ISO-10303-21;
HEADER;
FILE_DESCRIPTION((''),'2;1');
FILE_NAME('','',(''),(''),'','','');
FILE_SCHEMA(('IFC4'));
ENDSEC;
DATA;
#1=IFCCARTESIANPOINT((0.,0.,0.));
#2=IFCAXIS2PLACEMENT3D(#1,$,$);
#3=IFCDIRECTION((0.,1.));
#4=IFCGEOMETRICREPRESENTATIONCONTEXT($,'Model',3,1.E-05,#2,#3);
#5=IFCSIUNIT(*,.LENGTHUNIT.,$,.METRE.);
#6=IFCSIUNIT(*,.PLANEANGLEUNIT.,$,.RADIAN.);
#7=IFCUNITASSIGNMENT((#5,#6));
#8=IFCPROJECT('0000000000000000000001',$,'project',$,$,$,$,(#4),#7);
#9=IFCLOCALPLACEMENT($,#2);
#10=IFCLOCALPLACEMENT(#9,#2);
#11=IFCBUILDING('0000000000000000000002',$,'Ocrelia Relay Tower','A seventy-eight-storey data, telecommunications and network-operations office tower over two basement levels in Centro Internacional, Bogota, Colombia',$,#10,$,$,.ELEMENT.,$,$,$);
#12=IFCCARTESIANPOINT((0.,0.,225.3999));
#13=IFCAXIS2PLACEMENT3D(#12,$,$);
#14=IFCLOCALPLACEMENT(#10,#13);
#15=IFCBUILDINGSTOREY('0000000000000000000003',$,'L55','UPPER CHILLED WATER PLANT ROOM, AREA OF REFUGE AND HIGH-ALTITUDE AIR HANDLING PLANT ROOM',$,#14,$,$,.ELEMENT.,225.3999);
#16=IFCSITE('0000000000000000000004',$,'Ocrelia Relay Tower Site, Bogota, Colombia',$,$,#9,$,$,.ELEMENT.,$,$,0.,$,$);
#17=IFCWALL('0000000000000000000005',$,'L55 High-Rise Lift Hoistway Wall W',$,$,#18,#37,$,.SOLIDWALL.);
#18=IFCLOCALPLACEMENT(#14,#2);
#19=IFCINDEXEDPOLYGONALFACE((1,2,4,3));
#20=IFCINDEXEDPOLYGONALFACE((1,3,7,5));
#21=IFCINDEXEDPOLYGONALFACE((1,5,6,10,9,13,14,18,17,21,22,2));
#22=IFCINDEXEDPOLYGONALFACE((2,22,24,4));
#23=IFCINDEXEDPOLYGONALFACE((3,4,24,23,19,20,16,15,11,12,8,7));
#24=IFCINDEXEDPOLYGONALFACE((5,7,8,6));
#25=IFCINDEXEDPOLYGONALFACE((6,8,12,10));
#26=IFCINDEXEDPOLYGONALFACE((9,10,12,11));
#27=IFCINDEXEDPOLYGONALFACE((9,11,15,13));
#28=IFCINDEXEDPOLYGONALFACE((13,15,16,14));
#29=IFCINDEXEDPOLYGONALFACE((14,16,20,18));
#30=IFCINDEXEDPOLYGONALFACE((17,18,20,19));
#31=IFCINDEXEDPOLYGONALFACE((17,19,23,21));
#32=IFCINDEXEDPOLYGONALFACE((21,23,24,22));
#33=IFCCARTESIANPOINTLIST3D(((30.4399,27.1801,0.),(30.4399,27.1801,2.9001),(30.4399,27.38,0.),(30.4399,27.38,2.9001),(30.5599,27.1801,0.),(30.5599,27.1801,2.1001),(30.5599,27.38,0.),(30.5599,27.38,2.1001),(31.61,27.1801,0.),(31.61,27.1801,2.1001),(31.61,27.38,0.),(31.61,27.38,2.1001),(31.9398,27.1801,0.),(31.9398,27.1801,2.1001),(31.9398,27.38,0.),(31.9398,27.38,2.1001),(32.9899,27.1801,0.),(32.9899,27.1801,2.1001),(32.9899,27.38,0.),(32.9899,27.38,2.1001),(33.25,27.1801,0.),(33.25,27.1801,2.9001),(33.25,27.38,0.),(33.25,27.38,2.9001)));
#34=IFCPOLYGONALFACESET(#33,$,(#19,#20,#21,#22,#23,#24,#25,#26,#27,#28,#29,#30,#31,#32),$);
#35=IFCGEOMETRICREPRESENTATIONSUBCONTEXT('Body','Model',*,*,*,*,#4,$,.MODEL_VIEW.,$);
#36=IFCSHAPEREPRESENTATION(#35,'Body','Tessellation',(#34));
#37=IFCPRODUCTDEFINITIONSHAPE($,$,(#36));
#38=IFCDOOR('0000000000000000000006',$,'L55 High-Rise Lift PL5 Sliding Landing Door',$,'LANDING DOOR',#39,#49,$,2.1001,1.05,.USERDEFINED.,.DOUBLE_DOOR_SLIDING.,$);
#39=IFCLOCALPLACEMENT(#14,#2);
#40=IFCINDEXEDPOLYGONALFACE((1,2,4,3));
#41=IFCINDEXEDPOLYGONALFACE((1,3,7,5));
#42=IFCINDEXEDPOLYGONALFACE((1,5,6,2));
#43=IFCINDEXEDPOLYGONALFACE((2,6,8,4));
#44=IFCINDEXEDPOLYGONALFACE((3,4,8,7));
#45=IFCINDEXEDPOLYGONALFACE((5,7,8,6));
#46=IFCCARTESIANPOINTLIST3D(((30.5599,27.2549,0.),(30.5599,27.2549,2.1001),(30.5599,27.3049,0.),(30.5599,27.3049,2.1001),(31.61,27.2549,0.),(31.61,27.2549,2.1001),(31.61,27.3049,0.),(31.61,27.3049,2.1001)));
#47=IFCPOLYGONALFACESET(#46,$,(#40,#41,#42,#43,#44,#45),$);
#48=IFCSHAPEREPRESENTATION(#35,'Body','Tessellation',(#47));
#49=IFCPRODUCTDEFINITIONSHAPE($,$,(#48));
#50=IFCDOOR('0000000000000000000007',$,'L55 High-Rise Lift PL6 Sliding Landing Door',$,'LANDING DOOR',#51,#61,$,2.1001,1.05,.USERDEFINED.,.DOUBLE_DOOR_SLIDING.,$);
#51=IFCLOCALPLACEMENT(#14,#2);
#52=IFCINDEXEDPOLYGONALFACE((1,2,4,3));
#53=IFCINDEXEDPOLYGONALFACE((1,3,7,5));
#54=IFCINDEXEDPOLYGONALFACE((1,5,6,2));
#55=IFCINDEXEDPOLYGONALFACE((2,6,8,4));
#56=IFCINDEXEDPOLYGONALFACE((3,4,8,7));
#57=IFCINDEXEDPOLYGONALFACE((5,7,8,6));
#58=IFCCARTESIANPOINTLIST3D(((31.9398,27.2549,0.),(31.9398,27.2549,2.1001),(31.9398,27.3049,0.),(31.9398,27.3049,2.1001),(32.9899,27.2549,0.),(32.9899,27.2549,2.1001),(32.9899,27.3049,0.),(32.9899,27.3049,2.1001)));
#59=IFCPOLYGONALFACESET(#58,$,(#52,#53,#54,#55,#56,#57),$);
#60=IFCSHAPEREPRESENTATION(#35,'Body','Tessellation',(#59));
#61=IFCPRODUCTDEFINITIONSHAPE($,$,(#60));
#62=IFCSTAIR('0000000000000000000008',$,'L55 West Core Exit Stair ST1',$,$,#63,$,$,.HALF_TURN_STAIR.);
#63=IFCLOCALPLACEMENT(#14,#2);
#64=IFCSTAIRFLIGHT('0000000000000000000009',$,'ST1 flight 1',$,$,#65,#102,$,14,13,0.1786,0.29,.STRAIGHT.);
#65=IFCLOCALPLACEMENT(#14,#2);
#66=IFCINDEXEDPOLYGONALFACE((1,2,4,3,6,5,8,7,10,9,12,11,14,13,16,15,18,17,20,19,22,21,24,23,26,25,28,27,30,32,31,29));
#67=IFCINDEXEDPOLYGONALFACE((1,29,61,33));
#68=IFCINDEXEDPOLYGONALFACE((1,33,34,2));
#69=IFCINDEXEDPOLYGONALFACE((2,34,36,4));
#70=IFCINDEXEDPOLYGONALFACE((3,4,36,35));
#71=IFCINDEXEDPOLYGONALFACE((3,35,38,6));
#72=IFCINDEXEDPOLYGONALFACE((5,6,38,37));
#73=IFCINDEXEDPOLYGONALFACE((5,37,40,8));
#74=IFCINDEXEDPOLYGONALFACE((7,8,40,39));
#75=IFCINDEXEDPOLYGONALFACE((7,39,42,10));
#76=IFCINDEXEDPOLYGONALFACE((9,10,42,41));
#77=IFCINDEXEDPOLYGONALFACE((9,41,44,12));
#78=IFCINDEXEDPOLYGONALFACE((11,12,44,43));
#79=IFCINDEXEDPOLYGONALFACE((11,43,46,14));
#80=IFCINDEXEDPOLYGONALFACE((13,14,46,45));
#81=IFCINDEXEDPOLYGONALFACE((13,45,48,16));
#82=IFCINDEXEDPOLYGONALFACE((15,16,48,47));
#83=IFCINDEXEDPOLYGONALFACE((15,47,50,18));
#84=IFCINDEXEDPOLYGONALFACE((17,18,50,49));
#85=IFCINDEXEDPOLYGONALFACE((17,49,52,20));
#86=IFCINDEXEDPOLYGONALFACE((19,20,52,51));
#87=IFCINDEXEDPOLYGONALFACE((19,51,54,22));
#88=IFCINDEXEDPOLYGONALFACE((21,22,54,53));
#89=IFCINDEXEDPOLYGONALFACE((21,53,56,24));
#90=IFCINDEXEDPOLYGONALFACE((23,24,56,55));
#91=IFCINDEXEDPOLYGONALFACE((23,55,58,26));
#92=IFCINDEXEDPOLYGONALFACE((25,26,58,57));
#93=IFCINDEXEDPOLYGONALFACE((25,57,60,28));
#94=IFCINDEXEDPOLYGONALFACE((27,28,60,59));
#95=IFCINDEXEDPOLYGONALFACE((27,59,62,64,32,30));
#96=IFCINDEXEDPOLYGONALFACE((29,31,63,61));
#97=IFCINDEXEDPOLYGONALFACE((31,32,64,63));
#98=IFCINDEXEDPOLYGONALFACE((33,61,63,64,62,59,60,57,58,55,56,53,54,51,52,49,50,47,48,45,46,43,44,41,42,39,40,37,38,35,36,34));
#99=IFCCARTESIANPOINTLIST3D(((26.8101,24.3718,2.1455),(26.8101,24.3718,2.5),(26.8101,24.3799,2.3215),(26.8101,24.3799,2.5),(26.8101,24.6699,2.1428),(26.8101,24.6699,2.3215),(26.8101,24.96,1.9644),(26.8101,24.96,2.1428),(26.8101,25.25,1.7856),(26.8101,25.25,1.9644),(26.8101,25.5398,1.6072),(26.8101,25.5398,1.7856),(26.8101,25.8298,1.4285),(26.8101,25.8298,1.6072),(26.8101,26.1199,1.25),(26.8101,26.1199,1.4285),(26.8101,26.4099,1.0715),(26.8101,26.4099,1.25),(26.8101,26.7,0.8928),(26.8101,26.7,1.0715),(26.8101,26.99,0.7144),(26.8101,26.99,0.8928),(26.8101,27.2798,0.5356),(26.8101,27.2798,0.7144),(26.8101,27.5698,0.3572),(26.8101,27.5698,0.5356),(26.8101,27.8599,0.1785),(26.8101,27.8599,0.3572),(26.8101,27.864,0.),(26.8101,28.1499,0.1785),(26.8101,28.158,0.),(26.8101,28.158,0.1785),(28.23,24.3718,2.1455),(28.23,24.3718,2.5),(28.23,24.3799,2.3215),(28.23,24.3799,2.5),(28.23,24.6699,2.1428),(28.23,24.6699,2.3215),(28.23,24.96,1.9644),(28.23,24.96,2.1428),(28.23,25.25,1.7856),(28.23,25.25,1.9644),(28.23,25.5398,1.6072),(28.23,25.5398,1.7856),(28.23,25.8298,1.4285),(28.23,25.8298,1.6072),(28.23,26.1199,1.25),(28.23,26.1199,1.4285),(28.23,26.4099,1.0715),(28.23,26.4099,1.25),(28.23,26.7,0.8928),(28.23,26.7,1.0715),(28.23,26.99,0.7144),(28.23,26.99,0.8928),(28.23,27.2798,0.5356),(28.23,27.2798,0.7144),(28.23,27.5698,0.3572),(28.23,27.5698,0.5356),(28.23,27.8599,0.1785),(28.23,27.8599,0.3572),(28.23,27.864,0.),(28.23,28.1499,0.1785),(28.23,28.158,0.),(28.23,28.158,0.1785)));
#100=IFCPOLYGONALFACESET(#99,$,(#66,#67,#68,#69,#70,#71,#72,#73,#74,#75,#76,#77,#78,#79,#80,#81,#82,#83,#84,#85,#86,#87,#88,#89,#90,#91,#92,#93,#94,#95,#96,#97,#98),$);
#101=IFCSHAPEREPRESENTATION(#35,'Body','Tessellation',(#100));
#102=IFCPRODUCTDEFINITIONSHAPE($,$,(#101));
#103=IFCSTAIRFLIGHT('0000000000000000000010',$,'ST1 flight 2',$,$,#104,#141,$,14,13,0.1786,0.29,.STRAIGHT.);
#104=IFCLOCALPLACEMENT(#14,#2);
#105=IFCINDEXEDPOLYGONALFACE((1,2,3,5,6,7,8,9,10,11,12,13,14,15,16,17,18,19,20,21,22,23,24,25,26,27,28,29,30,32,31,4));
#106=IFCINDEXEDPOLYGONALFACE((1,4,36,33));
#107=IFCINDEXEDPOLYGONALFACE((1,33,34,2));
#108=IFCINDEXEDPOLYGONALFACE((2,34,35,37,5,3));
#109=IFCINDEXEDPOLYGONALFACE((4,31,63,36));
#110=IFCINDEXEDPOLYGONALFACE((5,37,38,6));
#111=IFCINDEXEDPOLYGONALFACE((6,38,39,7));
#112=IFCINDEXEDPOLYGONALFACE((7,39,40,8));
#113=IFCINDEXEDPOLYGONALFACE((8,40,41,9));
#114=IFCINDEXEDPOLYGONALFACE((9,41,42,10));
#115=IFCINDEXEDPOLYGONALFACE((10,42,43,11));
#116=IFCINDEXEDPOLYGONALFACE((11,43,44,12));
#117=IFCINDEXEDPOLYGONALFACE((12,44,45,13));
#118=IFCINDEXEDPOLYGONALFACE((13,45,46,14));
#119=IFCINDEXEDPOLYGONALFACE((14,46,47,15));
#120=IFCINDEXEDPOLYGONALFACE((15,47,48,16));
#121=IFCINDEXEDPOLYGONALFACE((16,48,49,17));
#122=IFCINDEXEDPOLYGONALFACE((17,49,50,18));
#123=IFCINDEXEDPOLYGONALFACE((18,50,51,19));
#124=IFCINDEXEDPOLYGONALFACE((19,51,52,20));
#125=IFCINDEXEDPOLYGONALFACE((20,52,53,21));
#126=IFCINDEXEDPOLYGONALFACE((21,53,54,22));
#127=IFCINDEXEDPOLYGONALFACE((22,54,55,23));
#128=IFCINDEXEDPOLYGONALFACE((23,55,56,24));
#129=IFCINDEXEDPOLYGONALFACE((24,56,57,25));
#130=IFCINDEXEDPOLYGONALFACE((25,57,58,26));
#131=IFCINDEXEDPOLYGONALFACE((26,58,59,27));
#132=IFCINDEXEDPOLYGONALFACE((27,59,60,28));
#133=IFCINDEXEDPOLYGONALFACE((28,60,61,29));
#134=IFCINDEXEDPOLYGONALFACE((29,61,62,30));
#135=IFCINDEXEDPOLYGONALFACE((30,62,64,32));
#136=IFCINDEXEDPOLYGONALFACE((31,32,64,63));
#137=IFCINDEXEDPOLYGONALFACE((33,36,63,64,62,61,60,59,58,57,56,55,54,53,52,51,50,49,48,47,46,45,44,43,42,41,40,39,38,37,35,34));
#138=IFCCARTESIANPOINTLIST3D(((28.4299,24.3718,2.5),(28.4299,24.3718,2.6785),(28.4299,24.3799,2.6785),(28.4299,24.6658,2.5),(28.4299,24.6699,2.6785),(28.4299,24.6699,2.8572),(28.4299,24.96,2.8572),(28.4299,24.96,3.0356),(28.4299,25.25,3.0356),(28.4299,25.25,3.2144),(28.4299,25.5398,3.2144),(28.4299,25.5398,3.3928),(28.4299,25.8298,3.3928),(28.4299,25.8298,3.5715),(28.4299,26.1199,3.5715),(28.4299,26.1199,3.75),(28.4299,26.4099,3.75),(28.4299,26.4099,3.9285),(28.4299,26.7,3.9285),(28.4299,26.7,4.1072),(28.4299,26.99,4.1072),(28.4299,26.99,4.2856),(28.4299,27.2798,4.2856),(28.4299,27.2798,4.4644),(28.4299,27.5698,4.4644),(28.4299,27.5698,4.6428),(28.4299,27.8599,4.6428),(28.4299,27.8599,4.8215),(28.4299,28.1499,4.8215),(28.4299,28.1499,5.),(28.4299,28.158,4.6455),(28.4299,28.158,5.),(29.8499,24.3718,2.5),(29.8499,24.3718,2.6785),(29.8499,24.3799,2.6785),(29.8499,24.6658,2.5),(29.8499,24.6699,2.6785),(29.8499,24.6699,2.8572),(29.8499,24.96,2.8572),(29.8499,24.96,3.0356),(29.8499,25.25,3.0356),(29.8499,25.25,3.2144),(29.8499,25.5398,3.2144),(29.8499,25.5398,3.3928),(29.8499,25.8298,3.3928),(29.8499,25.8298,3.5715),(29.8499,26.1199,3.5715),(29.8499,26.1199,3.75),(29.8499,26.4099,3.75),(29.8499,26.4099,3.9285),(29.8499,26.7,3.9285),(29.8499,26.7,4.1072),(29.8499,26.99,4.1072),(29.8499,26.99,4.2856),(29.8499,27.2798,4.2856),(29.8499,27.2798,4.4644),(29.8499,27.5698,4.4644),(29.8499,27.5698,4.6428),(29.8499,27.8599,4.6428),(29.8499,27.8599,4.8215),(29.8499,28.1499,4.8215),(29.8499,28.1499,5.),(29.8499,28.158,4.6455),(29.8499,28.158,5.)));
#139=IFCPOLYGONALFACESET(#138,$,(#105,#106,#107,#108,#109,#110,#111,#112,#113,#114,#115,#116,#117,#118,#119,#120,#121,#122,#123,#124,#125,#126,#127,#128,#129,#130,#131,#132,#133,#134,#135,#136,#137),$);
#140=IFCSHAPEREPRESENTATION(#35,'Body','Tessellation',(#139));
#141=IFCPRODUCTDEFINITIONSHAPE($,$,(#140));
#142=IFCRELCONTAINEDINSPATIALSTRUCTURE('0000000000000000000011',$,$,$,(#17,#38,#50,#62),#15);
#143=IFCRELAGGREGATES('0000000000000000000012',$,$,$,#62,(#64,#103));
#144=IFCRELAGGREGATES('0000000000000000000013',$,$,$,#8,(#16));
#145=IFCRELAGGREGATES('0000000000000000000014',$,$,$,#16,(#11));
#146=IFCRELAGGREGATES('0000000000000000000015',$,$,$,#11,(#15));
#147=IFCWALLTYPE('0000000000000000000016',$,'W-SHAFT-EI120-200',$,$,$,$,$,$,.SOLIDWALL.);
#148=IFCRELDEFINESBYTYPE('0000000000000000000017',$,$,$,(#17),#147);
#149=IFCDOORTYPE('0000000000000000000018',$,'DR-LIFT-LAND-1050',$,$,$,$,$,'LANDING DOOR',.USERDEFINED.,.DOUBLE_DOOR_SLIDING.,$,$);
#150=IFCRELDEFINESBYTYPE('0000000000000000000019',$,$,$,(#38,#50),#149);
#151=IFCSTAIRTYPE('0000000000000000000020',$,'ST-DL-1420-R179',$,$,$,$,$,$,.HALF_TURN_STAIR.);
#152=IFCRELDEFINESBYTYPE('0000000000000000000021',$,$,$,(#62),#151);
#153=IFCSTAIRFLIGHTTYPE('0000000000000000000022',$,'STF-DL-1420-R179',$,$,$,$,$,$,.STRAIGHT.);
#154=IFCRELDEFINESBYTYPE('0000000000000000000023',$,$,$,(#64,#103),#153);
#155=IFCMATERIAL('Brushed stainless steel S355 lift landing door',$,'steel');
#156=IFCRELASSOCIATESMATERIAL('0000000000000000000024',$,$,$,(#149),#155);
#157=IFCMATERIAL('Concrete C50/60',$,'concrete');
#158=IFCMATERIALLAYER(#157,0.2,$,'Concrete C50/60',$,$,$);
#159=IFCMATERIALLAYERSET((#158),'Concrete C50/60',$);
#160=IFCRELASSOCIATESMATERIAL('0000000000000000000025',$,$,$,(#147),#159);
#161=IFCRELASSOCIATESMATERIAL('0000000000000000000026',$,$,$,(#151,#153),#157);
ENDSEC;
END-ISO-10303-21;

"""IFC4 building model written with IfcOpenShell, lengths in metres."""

from ifc_helpers import new_model, si_unit, direction, frame, frame_2d, origin, place, context, subcontext, project, spatial, polyline, rectangle, outline, extrude, material, layer, layer_set, type_object, element, fill, aggregate, save


model = new_model("IFC4")

# Units and contexts
model_context = context("Model", 3, precision=1e-05, world=origin(), true_north=direction((0.0, 1.0)))
body_context = subcontext(model_context, "Body", "Model", "MODEL_VIEW")
ifc_project = project(units=[si_unit("LENGTHUNIT", "METRE"), si_unit("PLANEANGLEUNIT", "RADIAN")], contexts=[model_context])

# Site, building, storey
site_placement = place(None, origin())
site = spatial("IfcSite", under=ifc_project, at=site_placement, Name="Ocrelia Relay Tower Site, Bogota, Colombia", CompositionType="ELEMENT", RefElevation=0.0)
building_placement = place(site_placement, origin())
building = spatial("IfcBuilding", under=site, at=building_placement, Name="Ocrelia Relay Tower", Description="A seventy-eight-storey data, telecommunications and network-operations office tower over two basement levels in Centro Internacional, Bogota, Colombia", CompositionType="ELEMENT")
storey_placement = place(building_placement, frame((0.0, 0.0, 225.3999)))
storey = spatial("IfcBuildingStorey", under=building, at=storey_placement, Name="L55", Description="UPPER CHILLED WATER PLANT ROOM, AREA OF REFUGE AND HIGH-ALTITUDE AIR HANDLING PLANT ROOM", CompositionType="ELEMENT", Elevation=225.3999)

# Shared definitions
ifc_material_1 = material(Name="Concrete C50/60", Category="concrete")

# Shared definitions
ifc_material_2 = material(Name="Brushed stainless steel S355 lift landing door", Category="steel")
door_type_1 = type_object("IfcDoorType", Name="DR-LIFT-LAND-1050", ElementType="LANDING DOOR", OperationType="DOUBLE_DOOR_SLIDING", PredefinedType="USERDEFINED", material=ifc_material_2)

# Shared definitions
ifc_layer_1 = layer(ifc_material_1, 0.2, Name="Concrete C50/60")
ifc_layer_set_1 = layer_set([ifc_layer_1], Name="Concrete C50/60")
wall_type_1 = type_object("IfcWallType", Name="W-SHAFT-EI120-200", PredefinedType="SOLIDWALL", material=ifc_layer_set_1)

# Wall, openings, doors
wall_1_placement = place(storey_placement, frame((30.4399, 27.28, 0.0), z_axis=(0.0, 0.0, 1.0), x_axis=(1.0, 0.0, 0.0)))
wall_1 = element("IfcWall", 1, at=wall_1_placement, inside=storey, type_object=wall_type_1, Name="L55 High-Rise Lift Hoistway Wall W", PredefinedType="SOLIDWALL", context=body_context, shape_type="SweptSolid", body=[
    extrude(rectangle(XDim=2.8101, YDim=0.2, at=frame_2d((1.405, 0.0))), origin(), (0.0, 0.0, 1.0), 2.9001),
])
opening_1_placement = place(wall_1_placement, frame((0.1201, 0.0, 0.0)))
opening_1 = element("IfcOpeningElement", 2, at=opening_1_placement, cuts=wall_1, PredefinedType="OPENING", context=body_context, shape_type="SweptSolid", body=[
    extrude(rectangle(XDim=1.05, YDim=2.1001, at=frame_2d((0.5249, 1.05))), frame((0.0, 0.1099, 0.0), z_axis=(0.0, -1.0, 0.0), x_axis=(1.0, 0.0, 0.0)), (0.0, 0.0, 1.0), 0.22),
])
opening_2_placement = place(wall_1_placement, frame((1.5, 0.0, 0.0)))
opening_2 = element("IfcOpeningElement", 3, at=opening_2_placement, cuts=wall_1, PredefinedType="OPENING", context=body_context, shape_type="SweptSolid", body=[
    extrude(rectangle(XDim=1.05, YDim=2.1001, at=frame_2d((0.5249, 1.05))), frame((0.0, 0.1099, 0.0), z_axis=(0.0, -1.0, 0.0), x_axis=(1.0, 0.0, 0.0)), (0.0, 0.0, 1.0), 0.22),
])
door_1_placement = place(opening_1_placement, origin())
door_1 = element("IfcDoor", 4, at=door_1_placement, inside=storey, type_object=door_type_1, Name="L55 High-Rise Lift PL5 Sliding Landing Door", ObjectType="LANDING DOOR", OperationType="DOUBLE_DOOR_SLIDING", OverallHeight=2.1001, OverallWidth=1.05, PredefinedType="USERDEFINED", context=body_context, shape_type="SweptSolid", body=[
    extrude(rectangle(XDim=1.05, YDim=2.1001, at=frame_2d((0.5249, 1.05))), frame((0.0, 0.0249, 0.0), z_axis=(0.0, -1.0, 0.0), x_axis=(1.0, 0.0, 0.0)), (0.0, 0.0, 1.0), 0.05),
])
fill(opening_1, door_1)
door_2_placement = place(opening_2_placement, origin())
door_2 = element("IfcDoor", 5, at=door_2_placement, inside=storey, type_object=door_type_1, Name="L55 High-Rise Lift PL6 Sliding Landing Door", ObjectType="LANDING DOOR", OperationType="DOUBLE_DOOR_SLIDING", OverallHeight=2.1001, OverallWidth=1.05, PredefinedType="USERDEFINED", context=body_context, shape_type="SweptSolid", body=[
    extrude(rectangle(XDim=1.05, YDim=2.1001, at=frame_2d((0.5249, 1.05))), frame((0.0, 0.0249, 0.0), z_axis=(0.0, -1.0, 0.0), x_axis=(1.0, 0.0, 0.0)), (0.0, 0.0, 1.0), 0.05),
])
fill(opening_2, door_2)

# Stair, stair flights
stair_type = type_object("IfcStairType", Name="ST-DL-1420-R179", PredefinedType="HALF_TURN_STAIR", material=ifc_material_1)
stair_placement = place(storey_placement, origin())
stair = element("IfcStair", 6, at=stair_placement, inside=storey, type_object=stair_type, Name="L55 West Core Exit Stair ST1", PredefinedType="HALF_TURN_STAIR")
stair_flight_type = type_object("IfcStairFlightType", Name="STF-DL-1420-R179", PredefinedType="STRAIGHT", material=ifc_material_1)
stair_flight_1_placement = place(storey_placement, frame((27.52, 28.1499, 0.0), z_axis=(0.0, 0.0, 1.0), x_axis=(0.0, -1.0, 0.0)))
stair_flight_1 = element("IfcStairFlight", 7, at=stair_flight_1_placement, type_object=stair_flight_type, Name="ST1 flight 1", NumberOfRisers=14, NumberOfTreads=13, PredefinedType="STRAIGHT", RiserHeight=0.1786, TreadLength=0.29, context=body_context, shape_type="SweptSolid", body=[
    extrude(outline(polyline([(-0.0081, 0.0), (-0.0081, 0.1785), (0.0, 0.1785), (0.29, 0.1785), (0.29, 0.3572), (0.5801, 0.3572), (0.5801, 0.5356), (0.8701, 0.5356), (0.8701, 0.7144), (1.1599, 0.7144), (1.1599, 0.8928), (1.45, 0.8928), (1.45, 1.0715), (1.74, 1.0715), (1.74, 1.25), (2.03, 1.25), (2.03, 1.4285), (2.3201, 1.4285), (2.3201, 1.6072), (2.6101, 1.6072), (2.6101, 1.7856), (2.8999, 1.7856), (2.8999, 1.9644), (3.1899, 1.9644), (3.1899, 2.1428), (3.48, 2.1428), (3.48, 2.3215), (3.77, 2.3215), (3.77, 2.5), (3.7781, 2.5), (3.7781, 2.1455), (0.2859, 0.0), (-0.0081, 0.0)])), frame((0.0, 0.71, 0.0), z_axis=(0.0, -1.0, 0.0), x_axis=(1.0, 0.0, 0.0)), (0.0, 0.0, 1.0), 1.4199),
])
stair_flight_2_placement = place(storey_placement, frame((29.1399, 24.3799, 2.5), z_axis=(0.0, 0.0, 1.0), x_axis=(0.0, 1.0, 0.0)))
stair_flight_2 = element("IfcStairFlight", 8, at=stair_flight_2_placement, type_object=stair_flight_type, Name="ST1 flight 2", NumberOfRisers=14, NumberOfTreads=13, PredefinedType="STRAIGHT", RiserHeight=0.1786, TreadLength=0.29, context=body_context, shape_type="SweptSolid", body=[
    extrude(outline(polyline([(-0.0081, 0.0), (-0.0081, 0.1785), (0.0, 0.1785), (0.29, 0.1785), (0.29, 0.3572), (0.5801, 0.3572), (0.5801, 0.5356), (0.8701, 0.5356), (0.8701, 0.7144), (1.1599, 0.7144), (1.1599, 0.8928), (1.45, 0.8928), (1.45, 1.0715), (1.74, 1.0715), (1.74, 1.25), (2.03, 1.25), (2.03, 1.4285), (2.3201, 1.4285), (2.3201, 1.6072), (2.6101, 1.6072), (2.6101, 1.7856), (2.8999, 1.7856), (2.8999, 1.9644), (3.1899, 1.9644), (3.1899, 2.1428), (3.48, 2.1428), (3.48, 2.3215), (3.77, 2.3215), (3.77, 2.5), (3.7781, 2.5), (3.7781, 2.1455), (0.2859, 0.0), (-0.0081, 0.0)])), frame((0.0, 0.71, 0.0), z_axis=(0.0, -1.0, 0.0), x_axis=(1.0, 0.0, 0.0)), (0.0, 0.0, 1.0), 1.4199),
])
aggregate(stair, [stair_flight_1, stair_flight_2])

save(model, "model.ifc")
